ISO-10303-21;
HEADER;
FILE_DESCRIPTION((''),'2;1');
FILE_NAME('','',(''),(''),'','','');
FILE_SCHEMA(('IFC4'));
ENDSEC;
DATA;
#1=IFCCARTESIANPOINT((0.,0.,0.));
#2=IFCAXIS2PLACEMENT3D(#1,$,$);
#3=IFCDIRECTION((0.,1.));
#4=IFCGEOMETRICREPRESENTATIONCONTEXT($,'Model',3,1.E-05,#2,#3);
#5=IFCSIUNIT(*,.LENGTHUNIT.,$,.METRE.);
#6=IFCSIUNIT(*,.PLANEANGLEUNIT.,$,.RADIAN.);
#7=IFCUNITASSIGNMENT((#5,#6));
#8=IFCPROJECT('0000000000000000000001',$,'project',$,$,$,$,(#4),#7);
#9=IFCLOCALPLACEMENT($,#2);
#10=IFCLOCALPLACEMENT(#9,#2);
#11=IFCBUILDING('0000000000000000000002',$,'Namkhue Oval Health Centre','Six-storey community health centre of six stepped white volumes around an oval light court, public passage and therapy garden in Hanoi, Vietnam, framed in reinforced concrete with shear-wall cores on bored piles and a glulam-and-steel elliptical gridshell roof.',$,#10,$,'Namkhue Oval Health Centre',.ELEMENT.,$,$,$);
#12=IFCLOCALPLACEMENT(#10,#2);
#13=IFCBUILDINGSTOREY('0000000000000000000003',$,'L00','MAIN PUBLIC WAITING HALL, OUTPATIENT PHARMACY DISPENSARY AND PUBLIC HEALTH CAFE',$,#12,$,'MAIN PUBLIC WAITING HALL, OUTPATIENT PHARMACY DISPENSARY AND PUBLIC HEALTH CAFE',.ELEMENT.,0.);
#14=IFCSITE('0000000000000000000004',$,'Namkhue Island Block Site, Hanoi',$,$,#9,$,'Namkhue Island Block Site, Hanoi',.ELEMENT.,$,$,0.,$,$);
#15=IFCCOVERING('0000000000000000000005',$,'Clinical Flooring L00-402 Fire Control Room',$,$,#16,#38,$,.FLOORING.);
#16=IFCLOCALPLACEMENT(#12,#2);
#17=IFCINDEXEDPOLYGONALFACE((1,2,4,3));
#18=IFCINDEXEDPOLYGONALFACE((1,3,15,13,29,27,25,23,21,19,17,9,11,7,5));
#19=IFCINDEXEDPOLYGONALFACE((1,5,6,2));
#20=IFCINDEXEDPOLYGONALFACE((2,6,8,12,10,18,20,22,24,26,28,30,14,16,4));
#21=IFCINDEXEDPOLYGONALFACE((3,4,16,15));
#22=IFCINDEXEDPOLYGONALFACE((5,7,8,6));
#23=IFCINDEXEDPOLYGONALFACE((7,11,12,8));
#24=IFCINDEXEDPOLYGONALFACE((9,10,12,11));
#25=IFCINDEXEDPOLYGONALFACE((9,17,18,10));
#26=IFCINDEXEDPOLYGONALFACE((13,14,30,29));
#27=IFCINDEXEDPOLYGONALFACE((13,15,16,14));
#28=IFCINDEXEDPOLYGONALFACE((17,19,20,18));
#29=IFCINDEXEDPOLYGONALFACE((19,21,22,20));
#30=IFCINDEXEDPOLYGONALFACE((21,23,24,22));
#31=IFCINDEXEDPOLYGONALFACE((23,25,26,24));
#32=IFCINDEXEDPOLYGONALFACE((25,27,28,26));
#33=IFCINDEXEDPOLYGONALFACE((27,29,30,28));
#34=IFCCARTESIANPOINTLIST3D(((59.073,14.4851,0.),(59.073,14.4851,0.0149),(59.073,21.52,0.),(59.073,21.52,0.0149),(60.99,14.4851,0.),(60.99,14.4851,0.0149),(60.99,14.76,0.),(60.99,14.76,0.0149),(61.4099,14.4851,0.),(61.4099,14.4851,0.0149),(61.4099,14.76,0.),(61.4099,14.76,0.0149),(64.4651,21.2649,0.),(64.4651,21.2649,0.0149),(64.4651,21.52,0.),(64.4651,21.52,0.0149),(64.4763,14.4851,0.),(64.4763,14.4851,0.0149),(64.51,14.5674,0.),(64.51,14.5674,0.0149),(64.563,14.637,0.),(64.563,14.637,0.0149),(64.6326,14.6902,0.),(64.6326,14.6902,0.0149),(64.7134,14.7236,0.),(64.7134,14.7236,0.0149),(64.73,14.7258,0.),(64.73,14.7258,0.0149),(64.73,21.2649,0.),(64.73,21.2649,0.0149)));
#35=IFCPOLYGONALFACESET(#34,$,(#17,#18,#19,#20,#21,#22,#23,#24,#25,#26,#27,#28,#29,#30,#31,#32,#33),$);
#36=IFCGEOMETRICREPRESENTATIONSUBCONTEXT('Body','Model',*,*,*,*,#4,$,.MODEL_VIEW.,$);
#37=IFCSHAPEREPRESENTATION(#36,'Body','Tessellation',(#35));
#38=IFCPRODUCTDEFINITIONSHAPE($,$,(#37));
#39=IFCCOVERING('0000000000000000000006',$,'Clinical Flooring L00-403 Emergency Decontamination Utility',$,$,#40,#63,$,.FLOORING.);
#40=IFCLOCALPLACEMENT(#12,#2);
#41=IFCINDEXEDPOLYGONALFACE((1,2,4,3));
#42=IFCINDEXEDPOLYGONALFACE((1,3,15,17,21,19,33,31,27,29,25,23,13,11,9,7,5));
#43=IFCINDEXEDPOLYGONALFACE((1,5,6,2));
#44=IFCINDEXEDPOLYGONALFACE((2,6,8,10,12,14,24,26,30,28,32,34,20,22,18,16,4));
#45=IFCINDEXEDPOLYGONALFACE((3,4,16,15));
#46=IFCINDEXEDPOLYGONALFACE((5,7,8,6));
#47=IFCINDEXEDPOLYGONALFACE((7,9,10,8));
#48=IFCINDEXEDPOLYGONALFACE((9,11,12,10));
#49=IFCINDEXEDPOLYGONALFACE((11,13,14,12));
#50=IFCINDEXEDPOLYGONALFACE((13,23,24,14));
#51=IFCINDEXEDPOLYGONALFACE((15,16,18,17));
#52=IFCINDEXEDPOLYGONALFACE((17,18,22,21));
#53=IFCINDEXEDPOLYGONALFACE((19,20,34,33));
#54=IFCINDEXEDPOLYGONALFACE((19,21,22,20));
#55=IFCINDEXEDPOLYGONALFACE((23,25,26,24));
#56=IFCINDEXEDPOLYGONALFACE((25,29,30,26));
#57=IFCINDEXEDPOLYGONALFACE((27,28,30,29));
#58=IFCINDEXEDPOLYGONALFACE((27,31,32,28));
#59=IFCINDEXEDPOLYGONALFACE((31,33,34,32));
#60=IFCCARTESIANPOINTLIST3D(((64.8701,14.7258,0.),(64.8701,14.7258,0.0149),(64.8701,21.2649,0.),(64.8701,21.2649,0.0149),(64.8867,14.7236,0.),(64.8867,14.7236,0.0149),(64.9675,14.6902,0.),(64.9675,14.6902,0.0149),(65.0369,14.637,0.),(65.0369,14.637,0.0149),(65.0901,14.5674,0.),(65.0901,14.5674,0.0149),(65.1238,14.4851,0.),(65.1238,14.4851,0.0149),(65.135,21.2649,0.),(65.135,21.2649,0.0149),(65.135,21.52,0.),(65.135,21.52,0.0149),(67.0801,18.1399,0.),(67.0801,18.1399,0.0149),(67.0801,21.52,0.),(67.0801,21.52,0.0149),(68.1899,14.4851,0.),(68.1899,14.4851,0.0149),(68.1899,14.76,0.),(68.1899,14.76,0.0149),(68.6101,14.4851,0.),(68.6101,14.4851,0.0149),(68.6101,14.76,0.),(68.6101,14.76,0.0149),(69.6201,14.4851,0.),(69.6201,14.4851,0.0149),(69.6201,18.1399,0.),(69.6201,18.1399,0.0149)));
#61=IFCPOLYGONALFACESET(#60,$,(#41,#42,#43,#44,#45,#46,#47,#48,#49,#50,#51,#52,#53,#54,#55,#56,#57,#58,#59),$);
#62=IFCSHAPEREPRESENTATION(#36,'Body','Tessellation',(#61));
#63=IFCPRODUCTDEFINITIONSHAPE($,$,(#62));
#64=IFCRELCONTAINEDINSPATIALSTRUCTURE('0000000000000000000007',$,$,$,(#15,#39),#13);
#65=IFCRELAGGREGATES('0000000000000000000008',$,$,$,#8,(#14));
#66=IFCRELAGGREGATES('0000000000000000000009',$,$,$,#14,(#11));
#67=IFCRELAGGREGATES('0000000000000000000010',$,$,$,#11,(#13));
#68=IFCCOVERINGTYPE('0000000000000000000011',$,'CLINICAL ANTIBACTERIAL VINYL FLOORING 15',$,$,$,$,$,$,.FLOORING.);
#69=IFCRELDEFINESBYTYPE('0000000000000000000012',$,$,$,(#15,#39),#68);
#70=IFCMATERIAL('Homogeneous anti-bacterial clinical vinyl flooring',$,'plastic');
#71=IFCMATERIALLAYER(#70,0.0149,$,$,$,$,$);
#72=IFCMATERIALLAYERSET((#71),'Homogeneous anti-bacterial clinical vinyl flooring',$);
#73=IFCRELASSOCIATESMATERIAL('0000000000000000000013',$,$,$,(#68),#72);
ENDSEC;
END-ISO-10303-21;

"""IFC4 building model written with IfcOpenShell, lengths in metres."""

from ifc_helpers import new_model, si_unit, direction, origin, place, context, subcontext, project, spatial, polyline, outline, extrude, material, layer, layer_set, type_object, element, save


model = new_model("IFC4")

# Units and contexts
model_context = context("Model", 3, precision=1e-05, world=origin(), true_north=direction((0.0, 1.0)))
body_context = subcontext(model_context, "Body", "Model", "MODEL_VIEW")
ifc_project = project(units=[si_unit("LENGTHUNIT", "METRE"), si_unit("PLANEANGLEUNIT", "RADIAN")], contexts=[model_context])

# Site, building, storey
site_placement = place(None, origin())
site = spatial("IfcSite", under=ifc_project, at=site_placement, Name="Namkhue Island Block Site, Hanoi", LongName="Namkhue Island Block Site, Hanoi", CompositionType="ELEMENT", RefElevation=0.0)
building_placement = place(site_placement, origin())
building = spatial("IfcBuilding", under=site, at=building_placement, Name="Namkhue Oval Health Centre", Description="Six-storey community health centre of six stepped white volumes around an oval light court, public passage and therapy garden in Hanoi, Vietnam, framed in reinforced concrete with shear-wall cores on bored piles and a glulam-and-steel elliptical gridshell roof.", LongName="Namkhue Oval Health Centre", CompositionType="ELEMENT")
storey_placement = place(building_placement, origin())
storey = spatial("IfcBuildingStorey", under=building, at=storey_placement, Name="L00", Description="MAIN PUBLIC WAITING HALL, OUTPATIENT PHARMACY DISPENSARY AND PUBLIC HEALTH CAFE", LongName="MAIN PUBLIC WAITING HALL, OUTPATIENT PHARMACY DISPENSARY AND PUBLIC HEALTH CAFE", CompositionType="ELEMENT", Elevation=0.0)

# Coverings
ifc_material_1 = material(Name="Homogeneous anti-bacterial clinical vinyl flooring", Category="plastic")
ifc_layer_1 = layer(ifc_material_1, 0.0149)
ifc_layer_set_1 = layer_set([ifc_layer_1], Name="Homogeneous anti-bacterial clinical vinyl flooring")
covering_type = type_object("IfcCoveringType", Name="CLINICAL ANTIBACTERIAL VINYL FLOORING 15", PredefinedType="FLOORING", material=ifc_layer_set_1)
covering_1_placement = place(storey_placement, origin())
element("IfcCovering", 1, at=covering_1_placement, inside=storey, type_object=covering_type, Name="Clinical Flooring L00-402 Fire Control Room", PredefinedType="FLOORING", context=body_context, shape_type="SweptSolid", body=[
    extrude(outline(polyline([(61.4099, 14.4851), (61.4099, 14.76), (60.99, 14.76), (60.99, 14.4851), (59.073, 14.4851), (59.073, 21.52), (64.4651, 21.52), (64.4651, 21.2649), (64.73, 21.2649), (64.73, 14.7258), (64.7134, 14.7236), (64.6326, 14.6902), (64.563, 14.637), (64.51, 14.5674), (64.4763, 14.4851), (61.4099, 14.4851)])), origin(), (0.0, 0.0, 1.0), 0.0149),
])
covering_2_placement = place(storey_placement, origin())
element("IfcCovering", 2, at=covering_2_placement, inside=storey, type_object=covering_type, Name="Clinical Flooring L00-403 Emergency Decontamination Utility", PredefinedType="FLOORING", context=body_context, shape_type="SweptSolid", body=[
    extrude(outline(polyline([(67.0801, 21.52), (67.0801, 18.1399), (69.6201, 18.1399), (69.6201, 14.4851), (68.6101, 14.4851), (68.6101, 14.76), (68.1899, 14.76), (68.1899, 14.4851), (65.1238, 14.4851), (65.0901, 14.5674), (65.0369, 14.637), (64.9675, 14.6902), (64.8867, 14.7236), (64.8701, 14.7258), (64.8701, 21.2649), (65.135, 21.2649), (65.135, 21.52), (67.0801, 21.52)])), origin(), (0.0, 0.0, 1.0), 0.0149),
])

save(model, "model.ifc")
